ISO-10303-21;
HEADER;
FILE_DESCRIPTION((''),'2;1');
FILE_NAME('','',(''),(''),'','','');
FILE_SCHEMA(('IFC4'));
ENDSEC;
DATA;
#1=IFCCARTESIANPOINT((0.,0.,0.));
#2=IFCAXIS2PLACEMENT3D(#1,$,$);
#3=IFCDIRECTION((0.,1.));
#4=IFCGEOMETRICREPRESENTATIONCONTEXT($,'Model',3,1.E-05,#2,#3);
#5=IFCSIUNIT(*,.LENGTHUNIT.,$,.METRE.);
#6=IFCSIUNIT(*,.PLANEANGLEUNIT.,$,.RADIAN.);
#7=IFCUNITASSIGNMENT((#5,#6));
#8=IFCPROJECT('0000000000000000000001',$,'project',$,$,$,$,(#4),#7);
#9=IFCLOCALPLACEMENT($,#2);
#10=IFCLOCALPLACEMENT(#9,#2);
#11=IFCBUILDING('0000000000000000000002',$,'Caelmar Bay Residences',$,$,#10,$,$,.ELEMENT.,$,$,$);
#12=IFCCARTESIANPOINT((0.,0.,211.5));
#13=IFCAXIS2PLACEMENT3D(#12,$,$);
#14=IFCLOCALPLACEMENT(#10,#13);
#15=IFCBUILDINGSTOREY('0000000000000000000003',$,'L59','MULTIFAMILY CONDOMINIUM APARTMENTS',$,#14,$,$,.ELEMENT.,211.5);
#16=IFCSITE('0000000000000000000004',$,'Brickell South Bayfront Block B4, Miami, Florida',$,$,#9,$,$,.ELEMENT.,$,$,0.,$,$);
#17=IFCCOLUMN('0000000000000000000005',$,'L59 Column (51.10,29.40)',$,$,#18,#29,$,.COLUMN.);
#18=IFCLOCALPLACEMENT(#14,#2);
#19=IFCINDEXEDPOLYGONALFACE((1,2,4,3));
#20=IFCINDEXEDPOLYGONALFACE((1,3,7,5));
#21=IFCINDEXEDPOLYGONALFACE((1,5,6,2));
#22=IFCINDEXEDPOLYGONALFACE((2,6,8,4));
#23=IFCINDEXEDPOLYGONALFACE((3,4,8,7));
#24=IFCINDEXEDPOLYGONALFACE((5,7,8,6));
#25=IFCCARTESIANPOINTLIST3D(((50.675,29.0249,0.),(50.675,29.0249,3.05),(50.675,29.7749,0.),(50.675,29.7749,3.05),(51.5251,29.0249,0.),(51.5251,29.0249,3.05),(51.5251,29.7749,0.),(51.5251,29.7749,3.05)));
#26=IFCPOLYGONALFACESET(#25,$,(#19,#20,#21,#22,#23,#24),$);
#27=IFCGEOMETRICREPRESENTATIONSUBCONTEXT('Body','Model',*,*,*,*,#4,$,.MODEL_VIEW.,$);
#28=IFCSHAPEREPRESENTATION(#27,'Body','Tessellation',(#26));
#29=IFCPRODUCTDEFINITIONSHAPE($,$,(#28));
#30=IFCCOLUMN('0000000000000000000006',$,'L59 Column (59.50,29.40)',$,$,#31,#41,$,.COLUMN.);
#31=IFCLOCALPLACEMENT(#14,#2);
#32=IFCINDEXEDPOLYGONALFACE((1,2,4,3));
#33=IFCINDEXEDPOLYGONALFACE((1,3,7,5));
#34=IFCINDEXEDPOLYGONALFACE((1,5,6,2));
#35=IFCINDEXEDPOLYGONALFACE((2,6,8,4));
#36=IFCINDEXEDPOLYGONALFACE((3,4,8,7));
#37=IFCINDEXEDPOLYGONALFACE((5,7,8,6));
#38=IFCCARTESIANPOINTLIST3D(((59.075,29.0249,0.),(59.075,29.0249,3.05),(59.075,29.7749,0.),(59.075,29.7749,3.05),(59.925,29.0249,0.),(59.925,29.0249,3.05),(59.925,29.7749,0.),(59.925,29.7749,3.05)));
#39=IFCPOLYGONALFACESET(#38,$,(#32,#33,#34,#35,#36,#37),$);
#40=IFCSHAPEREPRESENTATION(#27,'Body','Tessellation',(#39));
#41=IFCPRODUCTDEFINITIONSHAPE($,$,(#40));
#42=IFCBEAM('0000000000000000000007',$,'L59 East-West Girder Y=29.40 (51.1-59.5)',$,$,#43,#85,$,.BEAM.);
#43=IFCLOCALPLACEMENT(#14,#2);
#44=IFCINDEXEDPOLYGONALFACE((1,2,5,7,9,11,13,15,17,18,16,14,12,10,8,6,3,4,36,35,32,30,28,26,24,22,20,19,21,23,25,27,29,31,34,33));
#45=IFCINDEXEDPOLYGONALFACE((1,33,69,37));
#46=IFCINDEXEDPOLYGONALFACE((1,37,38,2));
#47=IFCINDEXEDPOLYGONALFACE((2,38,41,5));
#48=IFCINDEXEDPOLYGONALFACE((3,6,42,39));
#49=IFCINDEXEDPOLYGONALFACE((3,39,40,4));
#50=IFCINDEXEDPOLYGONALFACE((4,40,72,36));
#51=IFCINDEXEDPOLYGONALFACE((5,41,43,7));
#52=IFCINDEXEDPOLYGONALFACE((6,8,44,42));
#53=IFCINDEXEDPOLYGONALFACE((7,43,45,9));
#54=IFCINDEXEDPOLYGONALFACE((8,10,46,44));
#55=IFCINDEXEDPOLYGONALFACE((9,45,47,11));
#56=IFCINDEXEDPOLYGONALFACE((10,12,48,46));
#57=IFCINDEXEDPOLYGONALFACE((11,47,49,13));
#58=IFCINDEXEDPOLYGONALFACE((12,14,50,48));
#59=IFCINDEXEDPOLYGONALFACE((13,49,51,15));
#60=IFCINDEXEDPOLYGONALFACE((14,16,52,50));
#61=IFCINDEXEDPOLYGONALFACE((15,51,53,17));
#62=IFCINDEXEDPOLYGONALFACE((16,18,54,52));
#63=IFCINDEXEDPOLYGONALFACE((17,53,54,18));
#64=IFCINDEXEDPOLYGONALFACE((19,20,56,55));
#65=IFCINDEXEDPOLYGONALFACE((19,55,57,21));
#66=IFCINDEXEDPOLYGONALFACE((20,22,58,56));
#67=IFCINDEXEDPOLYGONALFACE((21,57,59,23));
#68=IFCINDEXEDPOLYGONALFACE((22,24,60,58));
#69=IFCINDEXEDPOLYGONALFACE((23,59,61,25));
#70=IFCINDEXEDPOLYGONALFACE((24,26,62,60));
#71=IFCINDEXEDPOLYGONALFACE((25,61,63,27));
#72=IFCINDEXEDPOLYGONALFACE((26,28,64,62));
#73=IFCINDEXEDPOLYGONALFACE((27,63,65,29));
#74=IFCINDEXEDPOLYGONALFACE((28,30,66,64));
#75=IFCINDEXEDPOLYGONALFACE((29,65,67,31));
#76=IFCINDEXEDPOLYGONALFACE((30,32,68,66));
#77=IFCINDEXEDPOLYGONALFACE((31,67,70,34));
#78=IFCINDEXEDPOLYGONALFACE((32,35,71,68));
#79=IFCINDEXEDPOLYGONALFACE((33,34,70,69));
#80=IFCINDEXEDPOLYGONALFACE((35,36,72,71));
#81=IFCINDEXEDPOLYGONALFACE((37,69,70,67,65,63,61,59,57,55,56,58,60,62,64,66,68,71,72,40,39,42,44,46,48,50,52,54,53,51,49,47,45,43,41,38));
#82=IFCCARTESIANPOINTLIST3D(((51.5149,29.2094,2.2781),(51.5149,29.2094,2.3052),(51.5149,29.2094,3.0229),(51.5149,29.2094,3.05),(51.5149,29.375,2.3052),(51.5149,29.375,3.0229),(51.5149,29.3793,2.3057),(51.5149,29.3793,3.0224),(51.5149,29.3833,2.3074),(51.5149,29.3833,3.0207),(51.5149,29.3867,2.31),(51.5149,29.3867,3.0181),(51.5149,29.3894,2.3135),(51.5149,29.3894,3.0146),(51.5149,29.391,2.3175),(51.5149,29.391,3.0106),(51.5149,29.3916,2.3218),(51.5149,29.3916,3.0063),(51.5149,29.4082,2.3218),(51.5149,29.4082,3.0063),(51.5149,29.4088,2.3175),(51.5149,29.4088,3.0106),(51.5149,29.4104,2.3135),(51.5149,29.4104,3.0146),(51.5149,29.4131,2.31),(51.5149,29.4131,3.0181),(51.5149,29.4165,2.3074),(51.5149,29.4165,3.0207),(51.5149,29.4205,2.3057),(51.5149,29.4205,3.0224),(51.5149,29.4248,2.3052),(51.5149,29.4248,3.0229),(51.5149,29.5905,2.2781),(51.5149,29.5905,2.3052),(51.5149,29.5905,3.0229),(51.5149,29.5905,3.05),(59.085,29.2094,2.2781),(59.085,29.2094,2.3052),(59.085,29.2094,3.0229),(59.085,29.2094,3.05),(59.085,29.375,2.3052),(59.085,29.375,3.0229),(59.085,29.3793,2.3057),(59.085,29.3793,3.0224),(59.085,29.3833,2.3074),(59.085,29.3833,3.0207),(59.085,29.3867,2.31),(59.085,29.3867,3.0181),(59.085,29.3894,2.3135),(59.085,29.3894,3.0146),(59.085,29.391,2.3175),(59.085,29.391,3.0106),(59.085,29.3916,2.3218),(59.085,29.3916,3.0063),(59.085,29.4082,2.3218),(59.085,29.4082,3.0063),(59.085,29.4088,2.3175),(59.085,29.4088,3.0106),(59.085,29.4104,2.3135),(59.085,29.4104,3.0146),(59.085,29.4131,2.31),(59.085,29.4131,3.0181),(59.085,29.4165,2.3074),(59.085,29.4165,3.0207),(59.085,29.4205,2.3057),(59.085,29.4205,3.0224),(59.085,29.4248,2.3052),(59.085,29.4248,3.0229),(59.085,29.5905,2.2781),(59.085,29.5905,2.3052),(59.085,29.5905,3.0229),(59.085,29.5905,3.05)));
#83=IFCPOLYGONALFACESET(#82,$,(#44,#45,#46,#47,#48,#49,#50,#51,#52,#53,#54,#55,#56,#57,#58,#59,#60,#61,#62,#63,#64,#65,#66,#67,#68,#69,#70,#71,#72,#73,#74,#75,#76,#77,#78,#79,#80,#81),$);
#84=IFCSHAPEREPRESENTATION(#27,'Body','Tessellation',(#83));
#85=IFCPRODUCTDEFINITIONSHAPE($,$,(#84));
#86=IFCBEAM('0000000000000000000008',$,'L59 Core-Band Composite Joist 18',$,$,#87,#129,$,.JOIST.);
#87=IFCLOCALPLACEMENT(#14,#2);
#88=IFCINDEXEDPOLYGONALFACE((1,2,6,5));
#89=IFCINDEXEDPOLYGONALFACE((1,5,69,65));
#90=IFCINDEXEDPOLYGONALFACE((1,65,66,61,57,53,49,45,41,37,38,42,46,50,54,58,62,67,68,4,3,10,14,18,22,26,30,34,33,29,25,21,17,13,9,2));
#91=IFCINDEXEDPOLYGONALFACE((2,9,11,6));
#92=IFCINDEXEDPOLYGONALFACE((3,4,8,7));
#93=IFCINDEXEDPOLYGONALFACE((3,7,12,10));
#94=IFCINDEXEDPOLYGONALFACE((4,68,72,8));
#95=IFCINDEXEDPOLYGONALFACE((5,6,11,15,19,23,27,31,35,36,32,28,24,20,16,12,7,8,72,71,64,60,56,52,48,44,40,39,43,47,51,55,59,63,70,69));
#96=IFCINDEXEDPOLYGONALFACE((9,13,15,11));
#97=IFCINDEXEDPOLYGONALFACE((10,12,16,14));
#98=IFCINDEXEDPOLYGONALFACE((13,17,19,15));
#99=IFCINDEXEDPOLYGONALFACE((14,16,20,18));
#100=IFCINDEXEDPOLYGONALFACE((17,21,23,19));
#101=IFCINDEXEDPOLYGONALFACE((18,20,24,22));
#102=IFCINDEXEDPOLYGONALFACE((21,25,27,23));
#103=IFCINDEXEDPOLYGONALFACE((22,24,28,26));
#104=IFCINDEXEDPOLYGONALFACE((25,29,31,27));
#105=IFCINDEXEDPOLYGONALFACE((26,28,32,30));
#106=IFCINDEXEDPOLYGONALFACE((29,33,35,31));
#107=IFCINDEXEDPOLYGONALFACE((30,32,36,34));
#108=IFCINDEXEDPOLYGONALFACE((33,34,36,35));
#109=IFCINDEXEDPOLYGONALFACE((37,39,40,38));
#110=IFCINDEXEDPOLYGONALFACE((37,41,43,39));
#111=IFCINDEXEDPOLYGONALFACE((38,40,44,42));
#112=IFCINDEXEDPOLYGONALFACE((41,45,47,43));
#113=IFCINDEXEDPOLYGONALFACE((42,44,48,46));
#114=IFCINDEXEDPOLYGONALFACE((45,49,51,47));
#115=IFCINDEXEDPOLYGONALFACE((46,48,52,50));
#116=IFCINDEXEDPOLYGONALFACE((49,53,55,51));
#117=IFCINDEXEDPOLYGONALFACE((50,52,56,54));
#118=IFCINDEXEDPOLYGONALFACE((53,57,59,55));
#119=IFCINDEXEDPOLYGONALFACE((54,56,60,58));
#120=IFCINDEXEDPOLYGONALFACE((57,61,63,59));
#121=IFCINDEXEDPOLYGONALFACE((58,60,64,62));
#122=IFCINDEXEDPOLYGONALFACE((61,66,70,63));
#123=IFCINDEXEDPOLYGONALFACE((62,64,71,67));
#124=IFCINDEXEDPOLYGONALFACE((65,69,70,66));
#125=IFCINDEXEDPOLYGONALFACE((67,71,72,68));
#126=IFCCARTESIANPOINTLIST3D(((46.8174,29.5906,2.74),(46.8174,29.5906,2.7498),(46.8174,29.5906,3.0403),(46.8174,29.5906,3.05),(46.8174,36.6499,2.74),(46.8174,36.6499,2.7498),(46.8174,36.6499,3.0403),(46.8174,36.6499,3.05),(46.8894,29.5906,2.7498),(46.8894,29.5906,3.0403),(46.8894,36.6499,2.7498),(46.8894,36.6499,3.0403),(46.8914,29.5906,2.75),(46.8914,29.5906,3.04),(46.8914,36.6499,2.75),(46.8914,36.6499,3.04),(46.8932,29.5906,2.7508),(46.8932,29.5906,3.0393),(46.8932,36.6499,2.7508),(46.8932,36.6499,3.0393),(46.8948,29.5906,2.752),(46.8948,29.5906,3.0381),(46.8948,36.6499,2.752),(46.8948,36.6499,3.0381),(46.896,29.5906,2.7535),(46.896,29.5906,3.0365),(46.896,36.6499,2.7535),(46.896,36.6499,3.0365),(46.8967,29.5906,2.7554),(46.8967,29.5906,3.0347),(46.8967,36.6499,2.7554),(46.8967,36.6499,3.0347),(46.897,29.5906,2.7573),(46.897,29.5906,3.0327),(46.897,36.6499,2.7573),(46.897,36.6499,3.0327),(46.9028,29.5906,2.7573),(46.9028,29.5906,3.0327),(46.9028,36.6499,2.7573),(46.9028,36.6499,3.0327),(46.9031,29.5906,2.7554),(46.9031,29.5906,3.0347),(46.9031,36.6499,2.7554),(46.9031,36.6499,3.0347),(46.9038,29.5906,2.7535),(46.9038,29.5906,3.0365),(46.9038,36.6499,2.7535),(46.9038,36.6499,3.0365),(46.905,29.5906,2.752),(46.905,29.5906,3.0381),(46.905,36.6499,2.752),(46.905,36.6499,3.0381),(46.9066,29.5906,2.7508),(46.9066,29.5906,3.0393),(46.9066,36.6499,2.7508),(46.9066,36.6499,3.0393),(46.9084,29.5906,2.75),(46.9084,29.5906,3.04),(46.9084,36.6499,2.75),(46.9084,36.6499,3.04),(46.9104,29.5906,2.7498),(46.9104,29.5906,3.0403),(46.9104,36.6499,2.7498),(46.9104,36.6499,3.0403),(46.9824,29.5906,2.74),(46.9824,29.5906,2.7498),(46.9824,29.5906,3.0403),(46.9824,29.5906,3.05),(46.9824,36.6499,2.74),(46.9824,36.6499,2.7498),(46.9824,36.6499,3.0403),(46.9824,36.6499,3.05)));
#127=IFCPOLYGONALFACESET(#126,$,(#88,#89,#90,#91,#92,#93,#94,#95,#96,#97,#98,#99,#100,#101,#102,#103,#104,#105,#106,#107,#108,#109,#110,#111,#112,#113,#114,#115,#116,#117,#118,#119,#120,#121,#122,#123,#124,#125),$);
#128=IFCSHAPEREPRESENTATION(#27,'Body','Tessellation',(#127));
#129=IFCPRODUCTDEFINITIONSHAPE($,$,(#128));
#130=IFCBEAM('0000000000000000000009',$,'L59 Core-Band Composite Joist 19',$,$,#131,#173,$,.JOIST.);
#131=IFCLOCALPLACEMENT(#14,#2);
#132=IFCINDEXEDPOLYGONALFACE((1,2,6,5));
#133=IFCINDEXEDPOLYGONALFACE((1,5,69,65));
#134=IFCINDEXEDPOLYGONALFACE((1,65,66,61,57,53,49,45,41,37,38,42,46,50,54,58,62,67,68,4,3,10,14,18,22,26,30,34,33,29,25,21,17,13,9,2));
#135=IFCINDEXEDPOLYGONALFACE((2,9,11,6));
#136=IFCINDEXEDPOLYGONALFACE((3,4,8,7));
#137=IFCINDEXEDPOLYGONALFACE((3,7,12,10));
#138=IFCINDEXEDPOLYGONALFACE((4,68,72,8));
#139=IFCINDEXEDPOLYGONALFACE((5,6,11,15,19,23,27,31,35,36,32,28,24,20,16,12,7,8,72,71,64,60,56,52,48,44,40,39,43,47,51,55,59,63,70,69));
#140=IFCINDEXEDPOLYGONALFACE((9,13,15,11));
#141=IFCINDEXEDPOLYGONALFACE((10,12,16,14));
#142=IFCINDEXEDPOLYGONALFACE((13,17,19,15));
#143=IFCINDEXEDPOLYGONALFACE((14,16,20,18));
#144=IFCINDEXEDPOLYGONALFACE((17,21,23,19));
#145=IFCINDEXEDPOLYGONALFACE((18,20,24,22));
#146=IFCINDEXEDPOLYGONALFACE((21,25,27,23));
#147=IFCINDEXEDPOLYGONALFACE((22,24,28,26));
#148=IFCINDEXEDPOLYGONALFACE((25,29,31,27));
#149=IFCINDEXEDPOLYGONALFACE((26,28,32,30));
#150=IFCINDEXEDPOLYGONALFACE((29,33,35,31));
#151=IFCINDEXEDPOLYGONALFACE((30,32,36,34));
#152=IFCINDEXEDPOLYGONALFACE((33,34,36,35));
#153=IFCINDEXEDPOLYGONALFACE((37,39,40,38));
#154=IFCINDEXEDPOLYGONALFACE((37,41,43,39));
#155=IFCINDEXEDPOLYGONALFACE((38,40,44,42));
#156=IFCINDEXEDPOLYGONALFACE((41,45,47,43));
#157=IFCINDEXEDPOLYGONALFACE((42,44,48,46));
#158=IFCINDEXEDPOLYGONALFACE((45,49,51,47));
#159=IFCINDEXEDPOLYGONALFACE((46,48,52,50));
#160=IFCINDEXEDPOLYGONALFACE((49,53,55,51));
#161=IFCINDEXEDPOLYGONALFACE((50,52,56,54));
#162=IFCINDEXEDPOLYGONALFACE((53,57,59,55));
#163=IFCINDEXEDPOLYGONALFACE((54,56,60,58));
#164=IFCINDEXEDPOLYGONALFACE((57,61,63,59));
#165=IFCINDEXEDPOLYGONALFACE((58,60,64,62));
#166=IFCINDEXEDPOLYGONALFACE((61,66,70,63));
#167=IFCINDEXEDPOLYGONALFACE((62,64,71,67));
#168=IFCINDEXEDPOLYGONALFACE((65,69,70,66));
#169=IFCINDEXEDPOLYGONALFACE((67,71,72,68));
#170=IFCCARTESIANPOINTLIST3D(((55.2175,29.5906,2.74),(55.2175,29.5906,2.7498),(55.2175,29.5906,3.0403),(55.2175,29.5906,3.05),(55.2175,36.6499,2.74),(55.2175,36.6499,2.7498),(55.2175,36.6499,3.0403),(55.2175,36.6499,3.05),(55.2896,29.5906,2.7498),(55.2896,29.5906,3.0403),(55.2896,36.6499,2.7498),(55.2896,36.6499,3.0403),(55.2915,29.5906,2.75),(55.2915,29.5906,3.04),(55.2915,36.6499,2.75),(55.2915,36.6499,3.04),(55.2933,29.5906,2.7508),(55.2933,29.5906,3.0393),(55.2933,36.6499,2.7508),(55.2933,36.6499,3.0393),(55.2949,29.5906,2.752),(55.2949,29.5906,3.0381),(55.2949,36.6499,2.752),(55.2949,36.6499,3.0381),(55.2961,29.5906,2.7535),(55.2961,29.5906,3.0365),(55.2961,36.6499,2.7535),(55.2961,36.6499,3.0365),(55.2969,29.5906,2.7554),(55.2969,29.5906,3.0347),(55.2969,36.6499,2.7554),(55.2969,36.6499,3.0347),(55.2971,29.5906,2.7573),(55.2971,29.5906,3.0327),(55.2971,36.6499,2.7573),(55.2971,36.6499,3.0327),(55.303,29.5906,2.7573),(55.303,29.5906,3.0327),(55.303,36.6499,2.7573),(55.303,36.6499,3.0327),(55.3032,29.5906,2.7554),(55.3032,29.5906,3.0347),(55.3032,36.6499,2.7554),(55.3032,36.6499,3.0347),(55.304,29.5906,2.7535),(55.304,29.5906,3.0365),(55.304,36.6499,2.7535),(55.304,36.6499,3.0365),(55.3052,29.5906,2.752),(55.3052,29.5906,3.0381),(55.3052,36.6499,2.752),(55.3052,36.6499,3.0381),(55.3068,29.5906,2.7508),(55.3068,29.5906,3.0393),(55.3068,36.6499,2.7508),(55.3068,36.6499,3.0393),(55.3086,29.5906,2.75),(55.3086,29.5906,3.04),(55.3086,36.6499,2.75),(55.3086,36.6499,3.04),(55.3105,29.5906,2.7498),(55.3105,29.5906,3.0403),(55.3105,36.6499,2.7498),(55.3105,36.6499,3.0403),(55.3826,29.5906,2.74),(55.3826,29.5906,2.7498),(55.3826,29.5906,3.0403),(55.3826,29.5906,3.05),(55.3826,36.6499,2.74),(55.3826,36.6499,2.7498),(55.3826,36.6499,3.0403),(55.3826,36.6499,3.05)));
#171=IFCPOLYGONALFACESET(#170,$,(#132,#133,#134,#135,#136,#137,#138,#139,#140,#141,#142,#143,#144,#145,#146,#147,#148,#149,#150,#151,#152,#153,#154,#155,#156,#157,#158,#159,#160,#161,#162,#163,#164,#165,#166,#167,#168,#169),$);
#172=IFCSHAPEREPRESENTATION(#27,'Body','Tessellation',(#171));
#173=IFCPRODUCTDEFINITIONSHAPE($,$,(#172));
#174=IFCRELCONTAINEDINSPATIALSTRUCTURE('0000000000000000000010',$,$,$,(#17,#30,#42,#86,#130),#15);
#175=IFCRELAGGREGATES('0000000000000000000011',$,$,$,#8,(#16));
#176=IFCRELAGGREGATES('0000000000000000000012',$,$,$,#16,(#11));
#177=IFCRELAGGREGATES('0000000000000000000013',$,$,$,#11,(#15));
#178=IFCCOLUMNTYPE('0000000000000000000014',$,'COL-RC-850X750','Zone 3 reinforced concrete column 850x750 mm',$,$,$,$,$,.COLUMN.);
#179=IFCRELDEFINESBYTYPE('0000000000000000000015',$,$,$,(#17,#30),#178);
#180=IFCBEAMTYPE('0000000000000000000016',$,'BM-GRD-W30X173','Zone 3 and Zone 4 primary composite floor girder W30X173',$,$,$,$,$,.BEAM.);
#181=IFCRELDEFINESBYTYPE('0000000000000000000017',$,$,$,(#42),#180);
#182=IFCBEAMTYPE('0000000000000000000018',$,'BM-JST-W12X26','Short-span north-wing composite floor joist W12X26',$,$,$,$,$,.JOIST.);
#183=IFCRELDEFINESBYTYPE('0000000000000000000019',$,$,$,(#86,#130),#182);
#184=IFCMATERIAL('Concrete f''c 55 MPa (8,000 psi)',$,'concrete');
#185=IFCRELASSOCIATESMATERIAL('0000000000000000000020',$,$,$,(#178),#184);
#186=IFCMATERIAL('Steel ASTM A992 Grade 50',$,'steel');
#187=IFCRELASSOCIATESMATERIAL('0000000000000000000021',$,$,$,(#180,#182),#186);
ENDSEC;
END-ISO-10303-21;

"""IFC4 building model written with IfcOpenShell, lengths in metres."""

from ifc_helpers import new_model, si_unit, direction, frame, origin, origin_2d, place, context, subcontext, project, spatial, rectangle, i_section, extrude, material, material_profile, profile_set, type_object, element, save


model = new_model("IFC4")

# Units and contexts
model_context = context("Model", 3, precision=1e-05, world=origin(), true_north=direction((0.0, 1.0)))
body_context = subcontext(model_context, "Body", "Model", "MODEL_VIEW")
ifc_project = project(units=[si_unit("LENGTHUNIT", "METRE"), si_unit("PLANEANGLEUNIT", "RADIAN")], contexts=[model_context])

# Site, building, storey
site_placement = place(None, origin())
site = spatial("IfcSite", under=ifc_project, at=site_placement, Name="Brickell South Bayfront Block B4, Miami, Florida", CompositionType="ELEMENT", RefElevation=0.0)
building_placement = place(site_placement, origin())
building = spatial("IfcBuilding", under=site, at=building_placement, Name="Caelmar Bay Residences", CompositionType="ELEMENT")
storey_placement = place(building_placement, frame((0.0, 0.0, 211.5)))
storey = spatial("IfcBuildingStorey", under=building, at=storey_placement, Name="L59", Description="MULTIFAMILY CONDOMINIUM APARTMENTS", CompositionType="ELEMENT", Elevation=211.5)

# Columns
ifc_material_1 = material(Name="Concrete f'c 55 MPa (8,000 psi)", Category="concrete")
ifc_material_profile_1 = material_profile(ifc_material_1, rectangle(XDim=0.8501, YDim=0.75, at=origin_2d()), Name="RC-COL-850X750")
ifc_profile_set_1 = profile_set([ifc_material_profile_1], Name="Concrete f'c 55 MPa (8,000 psi)")
column_type = type_object("IfcColumnType", Name="COL-RC-850X750", Description="Zone 3 reinforced concrete column 850x750 mm", PredefinedType="COLUMN", material=ifc_profile_set_1)
for number, where, z_axis, x_axis, name in (
    (1, (51.1001, 29.3999, 0.0), (0.0, 0.0, 1.0), (1.0, 0.0, 0.0), "L59 Column (51.10,29.40)"),
    (2, (59.5, 29.3999, 0.0), (0.0, 0.0, 1.0), (1.0, 0.0, 0.0), "L59 Column (59.50,29.40)"),
):
    element("IfcColumn", number, at=place(storey_placement, frame(where, z_axis=z_axis, x_axis=x_axis)), inside=storey, type_object=column_type, Name=name, PredefinedType="COLUMN", context=body_context, shape_type="SweptSolid", body=[
        extrude(rectangle(XDim=0.8501, YDim=0.75, at=origin_2d()), origin(), (0.0, 0.0, 1.0), 3.05),
    ])

# Beams
ifc_material_2 = material(Name="Steel ASTM A992 Grade 50", Category="steel")
ifc_material_profile_2 = material_profile(ifc_material_2, i_section(OverallWidth=0.3811, OverallDepth=0.772, WebThickness=0.0166, FlangeThickness=0.0271, FilletRadius=0.0166, at=origin_2d()), Name="W30X173")
ifc_profile_set_2 = profile_set([ifc_material_profile_2], Name="Steel ASTM A992 Grade 50")
beam_type_1 = type_object("IfcBeamType", Name="BM-GRD-W30X173", Description="Zone 3 and Zone 4 primary composite floor girder W30X173", PredefinedType="BEAM", material=ifc_profile_set_2)
beam_placement = place(storey_placement, frame((51.5149, 29.3999, 2.6641), z_axis=(1.0, 0.0, 0.0), x_axis=(0.0, 1.0, 0.0)))
element("IfcBeam", 3, at=beam_placement, inside=storey, type_object=beam_type_1, Name="L59 East-West Girder Y=29.40 (51.1-59.5)", PredefinedType="BEAM", context=body_context, shape_type="SweptSolid", body=[
    extrude(i_section(OverallWidth=0.3811, OverallDepth=0.772, WebThickness=0.0166, FlangeThickness=0.0271, FilletRadius=0.0166, at=origin_2d()), origin(), (0.0, 0.0, 1.0), 7.5701),
])
ifc_material_profile_3 = material_profile(ifc_material_2, i_section(OverallWidth=0.165, OverallDepth=0.3101, WebThickness=0.0059, FlangeThickness=0.0098, FilletRadius=0.0076, at=origin_2d()), Name="W12X26")
ifc_profile_set_3 = profile_set([ifc_material_profile_3], Name="Steel ASTM A992 Grade 50")
beam_type_2 = type_object("IfcBeamType", Name="BM-JST-W12X26", Description="Short-span north-wing composite floor joist W12X26", PredefinedType="JOIST", material=ifc_profile_set_3)
for number, where, z_axis, x_axis, name in (
    (4, (46.8999, 29.5906, 2.895), (0.0, 1.0, 0.0), (-1.0, 0.0, 0.0), "L59 Core-Band Composite Joist 18"),
    (5, (55.3, 29.5906, 2.895), (0.0, 1.0, 0.0), (-1.0, 0.0, 0.0), "L59 Core-Band Composite Joist 19"),
):
    element("IfcBeam", number, at=place(storey_placement, frame(where, z_axis=z_axis, x_axis=x_axis)), inside=storey, type_object=beam_type_2, Name=name, PredefinedType="JOIST", context=body_context, shape_type="SweptSolid", body=[
        extrude(i_section(OverallWidth=0.165, OverallDepth=0.3101, WebThickness=0.0059, FlangeThickness=0.0098, FilletRadius=0.0076, at=origin_2d()), origin(), (0.0, 0.0, 1.0), 7.0593),
    ])

save(model, "model.ifc")
